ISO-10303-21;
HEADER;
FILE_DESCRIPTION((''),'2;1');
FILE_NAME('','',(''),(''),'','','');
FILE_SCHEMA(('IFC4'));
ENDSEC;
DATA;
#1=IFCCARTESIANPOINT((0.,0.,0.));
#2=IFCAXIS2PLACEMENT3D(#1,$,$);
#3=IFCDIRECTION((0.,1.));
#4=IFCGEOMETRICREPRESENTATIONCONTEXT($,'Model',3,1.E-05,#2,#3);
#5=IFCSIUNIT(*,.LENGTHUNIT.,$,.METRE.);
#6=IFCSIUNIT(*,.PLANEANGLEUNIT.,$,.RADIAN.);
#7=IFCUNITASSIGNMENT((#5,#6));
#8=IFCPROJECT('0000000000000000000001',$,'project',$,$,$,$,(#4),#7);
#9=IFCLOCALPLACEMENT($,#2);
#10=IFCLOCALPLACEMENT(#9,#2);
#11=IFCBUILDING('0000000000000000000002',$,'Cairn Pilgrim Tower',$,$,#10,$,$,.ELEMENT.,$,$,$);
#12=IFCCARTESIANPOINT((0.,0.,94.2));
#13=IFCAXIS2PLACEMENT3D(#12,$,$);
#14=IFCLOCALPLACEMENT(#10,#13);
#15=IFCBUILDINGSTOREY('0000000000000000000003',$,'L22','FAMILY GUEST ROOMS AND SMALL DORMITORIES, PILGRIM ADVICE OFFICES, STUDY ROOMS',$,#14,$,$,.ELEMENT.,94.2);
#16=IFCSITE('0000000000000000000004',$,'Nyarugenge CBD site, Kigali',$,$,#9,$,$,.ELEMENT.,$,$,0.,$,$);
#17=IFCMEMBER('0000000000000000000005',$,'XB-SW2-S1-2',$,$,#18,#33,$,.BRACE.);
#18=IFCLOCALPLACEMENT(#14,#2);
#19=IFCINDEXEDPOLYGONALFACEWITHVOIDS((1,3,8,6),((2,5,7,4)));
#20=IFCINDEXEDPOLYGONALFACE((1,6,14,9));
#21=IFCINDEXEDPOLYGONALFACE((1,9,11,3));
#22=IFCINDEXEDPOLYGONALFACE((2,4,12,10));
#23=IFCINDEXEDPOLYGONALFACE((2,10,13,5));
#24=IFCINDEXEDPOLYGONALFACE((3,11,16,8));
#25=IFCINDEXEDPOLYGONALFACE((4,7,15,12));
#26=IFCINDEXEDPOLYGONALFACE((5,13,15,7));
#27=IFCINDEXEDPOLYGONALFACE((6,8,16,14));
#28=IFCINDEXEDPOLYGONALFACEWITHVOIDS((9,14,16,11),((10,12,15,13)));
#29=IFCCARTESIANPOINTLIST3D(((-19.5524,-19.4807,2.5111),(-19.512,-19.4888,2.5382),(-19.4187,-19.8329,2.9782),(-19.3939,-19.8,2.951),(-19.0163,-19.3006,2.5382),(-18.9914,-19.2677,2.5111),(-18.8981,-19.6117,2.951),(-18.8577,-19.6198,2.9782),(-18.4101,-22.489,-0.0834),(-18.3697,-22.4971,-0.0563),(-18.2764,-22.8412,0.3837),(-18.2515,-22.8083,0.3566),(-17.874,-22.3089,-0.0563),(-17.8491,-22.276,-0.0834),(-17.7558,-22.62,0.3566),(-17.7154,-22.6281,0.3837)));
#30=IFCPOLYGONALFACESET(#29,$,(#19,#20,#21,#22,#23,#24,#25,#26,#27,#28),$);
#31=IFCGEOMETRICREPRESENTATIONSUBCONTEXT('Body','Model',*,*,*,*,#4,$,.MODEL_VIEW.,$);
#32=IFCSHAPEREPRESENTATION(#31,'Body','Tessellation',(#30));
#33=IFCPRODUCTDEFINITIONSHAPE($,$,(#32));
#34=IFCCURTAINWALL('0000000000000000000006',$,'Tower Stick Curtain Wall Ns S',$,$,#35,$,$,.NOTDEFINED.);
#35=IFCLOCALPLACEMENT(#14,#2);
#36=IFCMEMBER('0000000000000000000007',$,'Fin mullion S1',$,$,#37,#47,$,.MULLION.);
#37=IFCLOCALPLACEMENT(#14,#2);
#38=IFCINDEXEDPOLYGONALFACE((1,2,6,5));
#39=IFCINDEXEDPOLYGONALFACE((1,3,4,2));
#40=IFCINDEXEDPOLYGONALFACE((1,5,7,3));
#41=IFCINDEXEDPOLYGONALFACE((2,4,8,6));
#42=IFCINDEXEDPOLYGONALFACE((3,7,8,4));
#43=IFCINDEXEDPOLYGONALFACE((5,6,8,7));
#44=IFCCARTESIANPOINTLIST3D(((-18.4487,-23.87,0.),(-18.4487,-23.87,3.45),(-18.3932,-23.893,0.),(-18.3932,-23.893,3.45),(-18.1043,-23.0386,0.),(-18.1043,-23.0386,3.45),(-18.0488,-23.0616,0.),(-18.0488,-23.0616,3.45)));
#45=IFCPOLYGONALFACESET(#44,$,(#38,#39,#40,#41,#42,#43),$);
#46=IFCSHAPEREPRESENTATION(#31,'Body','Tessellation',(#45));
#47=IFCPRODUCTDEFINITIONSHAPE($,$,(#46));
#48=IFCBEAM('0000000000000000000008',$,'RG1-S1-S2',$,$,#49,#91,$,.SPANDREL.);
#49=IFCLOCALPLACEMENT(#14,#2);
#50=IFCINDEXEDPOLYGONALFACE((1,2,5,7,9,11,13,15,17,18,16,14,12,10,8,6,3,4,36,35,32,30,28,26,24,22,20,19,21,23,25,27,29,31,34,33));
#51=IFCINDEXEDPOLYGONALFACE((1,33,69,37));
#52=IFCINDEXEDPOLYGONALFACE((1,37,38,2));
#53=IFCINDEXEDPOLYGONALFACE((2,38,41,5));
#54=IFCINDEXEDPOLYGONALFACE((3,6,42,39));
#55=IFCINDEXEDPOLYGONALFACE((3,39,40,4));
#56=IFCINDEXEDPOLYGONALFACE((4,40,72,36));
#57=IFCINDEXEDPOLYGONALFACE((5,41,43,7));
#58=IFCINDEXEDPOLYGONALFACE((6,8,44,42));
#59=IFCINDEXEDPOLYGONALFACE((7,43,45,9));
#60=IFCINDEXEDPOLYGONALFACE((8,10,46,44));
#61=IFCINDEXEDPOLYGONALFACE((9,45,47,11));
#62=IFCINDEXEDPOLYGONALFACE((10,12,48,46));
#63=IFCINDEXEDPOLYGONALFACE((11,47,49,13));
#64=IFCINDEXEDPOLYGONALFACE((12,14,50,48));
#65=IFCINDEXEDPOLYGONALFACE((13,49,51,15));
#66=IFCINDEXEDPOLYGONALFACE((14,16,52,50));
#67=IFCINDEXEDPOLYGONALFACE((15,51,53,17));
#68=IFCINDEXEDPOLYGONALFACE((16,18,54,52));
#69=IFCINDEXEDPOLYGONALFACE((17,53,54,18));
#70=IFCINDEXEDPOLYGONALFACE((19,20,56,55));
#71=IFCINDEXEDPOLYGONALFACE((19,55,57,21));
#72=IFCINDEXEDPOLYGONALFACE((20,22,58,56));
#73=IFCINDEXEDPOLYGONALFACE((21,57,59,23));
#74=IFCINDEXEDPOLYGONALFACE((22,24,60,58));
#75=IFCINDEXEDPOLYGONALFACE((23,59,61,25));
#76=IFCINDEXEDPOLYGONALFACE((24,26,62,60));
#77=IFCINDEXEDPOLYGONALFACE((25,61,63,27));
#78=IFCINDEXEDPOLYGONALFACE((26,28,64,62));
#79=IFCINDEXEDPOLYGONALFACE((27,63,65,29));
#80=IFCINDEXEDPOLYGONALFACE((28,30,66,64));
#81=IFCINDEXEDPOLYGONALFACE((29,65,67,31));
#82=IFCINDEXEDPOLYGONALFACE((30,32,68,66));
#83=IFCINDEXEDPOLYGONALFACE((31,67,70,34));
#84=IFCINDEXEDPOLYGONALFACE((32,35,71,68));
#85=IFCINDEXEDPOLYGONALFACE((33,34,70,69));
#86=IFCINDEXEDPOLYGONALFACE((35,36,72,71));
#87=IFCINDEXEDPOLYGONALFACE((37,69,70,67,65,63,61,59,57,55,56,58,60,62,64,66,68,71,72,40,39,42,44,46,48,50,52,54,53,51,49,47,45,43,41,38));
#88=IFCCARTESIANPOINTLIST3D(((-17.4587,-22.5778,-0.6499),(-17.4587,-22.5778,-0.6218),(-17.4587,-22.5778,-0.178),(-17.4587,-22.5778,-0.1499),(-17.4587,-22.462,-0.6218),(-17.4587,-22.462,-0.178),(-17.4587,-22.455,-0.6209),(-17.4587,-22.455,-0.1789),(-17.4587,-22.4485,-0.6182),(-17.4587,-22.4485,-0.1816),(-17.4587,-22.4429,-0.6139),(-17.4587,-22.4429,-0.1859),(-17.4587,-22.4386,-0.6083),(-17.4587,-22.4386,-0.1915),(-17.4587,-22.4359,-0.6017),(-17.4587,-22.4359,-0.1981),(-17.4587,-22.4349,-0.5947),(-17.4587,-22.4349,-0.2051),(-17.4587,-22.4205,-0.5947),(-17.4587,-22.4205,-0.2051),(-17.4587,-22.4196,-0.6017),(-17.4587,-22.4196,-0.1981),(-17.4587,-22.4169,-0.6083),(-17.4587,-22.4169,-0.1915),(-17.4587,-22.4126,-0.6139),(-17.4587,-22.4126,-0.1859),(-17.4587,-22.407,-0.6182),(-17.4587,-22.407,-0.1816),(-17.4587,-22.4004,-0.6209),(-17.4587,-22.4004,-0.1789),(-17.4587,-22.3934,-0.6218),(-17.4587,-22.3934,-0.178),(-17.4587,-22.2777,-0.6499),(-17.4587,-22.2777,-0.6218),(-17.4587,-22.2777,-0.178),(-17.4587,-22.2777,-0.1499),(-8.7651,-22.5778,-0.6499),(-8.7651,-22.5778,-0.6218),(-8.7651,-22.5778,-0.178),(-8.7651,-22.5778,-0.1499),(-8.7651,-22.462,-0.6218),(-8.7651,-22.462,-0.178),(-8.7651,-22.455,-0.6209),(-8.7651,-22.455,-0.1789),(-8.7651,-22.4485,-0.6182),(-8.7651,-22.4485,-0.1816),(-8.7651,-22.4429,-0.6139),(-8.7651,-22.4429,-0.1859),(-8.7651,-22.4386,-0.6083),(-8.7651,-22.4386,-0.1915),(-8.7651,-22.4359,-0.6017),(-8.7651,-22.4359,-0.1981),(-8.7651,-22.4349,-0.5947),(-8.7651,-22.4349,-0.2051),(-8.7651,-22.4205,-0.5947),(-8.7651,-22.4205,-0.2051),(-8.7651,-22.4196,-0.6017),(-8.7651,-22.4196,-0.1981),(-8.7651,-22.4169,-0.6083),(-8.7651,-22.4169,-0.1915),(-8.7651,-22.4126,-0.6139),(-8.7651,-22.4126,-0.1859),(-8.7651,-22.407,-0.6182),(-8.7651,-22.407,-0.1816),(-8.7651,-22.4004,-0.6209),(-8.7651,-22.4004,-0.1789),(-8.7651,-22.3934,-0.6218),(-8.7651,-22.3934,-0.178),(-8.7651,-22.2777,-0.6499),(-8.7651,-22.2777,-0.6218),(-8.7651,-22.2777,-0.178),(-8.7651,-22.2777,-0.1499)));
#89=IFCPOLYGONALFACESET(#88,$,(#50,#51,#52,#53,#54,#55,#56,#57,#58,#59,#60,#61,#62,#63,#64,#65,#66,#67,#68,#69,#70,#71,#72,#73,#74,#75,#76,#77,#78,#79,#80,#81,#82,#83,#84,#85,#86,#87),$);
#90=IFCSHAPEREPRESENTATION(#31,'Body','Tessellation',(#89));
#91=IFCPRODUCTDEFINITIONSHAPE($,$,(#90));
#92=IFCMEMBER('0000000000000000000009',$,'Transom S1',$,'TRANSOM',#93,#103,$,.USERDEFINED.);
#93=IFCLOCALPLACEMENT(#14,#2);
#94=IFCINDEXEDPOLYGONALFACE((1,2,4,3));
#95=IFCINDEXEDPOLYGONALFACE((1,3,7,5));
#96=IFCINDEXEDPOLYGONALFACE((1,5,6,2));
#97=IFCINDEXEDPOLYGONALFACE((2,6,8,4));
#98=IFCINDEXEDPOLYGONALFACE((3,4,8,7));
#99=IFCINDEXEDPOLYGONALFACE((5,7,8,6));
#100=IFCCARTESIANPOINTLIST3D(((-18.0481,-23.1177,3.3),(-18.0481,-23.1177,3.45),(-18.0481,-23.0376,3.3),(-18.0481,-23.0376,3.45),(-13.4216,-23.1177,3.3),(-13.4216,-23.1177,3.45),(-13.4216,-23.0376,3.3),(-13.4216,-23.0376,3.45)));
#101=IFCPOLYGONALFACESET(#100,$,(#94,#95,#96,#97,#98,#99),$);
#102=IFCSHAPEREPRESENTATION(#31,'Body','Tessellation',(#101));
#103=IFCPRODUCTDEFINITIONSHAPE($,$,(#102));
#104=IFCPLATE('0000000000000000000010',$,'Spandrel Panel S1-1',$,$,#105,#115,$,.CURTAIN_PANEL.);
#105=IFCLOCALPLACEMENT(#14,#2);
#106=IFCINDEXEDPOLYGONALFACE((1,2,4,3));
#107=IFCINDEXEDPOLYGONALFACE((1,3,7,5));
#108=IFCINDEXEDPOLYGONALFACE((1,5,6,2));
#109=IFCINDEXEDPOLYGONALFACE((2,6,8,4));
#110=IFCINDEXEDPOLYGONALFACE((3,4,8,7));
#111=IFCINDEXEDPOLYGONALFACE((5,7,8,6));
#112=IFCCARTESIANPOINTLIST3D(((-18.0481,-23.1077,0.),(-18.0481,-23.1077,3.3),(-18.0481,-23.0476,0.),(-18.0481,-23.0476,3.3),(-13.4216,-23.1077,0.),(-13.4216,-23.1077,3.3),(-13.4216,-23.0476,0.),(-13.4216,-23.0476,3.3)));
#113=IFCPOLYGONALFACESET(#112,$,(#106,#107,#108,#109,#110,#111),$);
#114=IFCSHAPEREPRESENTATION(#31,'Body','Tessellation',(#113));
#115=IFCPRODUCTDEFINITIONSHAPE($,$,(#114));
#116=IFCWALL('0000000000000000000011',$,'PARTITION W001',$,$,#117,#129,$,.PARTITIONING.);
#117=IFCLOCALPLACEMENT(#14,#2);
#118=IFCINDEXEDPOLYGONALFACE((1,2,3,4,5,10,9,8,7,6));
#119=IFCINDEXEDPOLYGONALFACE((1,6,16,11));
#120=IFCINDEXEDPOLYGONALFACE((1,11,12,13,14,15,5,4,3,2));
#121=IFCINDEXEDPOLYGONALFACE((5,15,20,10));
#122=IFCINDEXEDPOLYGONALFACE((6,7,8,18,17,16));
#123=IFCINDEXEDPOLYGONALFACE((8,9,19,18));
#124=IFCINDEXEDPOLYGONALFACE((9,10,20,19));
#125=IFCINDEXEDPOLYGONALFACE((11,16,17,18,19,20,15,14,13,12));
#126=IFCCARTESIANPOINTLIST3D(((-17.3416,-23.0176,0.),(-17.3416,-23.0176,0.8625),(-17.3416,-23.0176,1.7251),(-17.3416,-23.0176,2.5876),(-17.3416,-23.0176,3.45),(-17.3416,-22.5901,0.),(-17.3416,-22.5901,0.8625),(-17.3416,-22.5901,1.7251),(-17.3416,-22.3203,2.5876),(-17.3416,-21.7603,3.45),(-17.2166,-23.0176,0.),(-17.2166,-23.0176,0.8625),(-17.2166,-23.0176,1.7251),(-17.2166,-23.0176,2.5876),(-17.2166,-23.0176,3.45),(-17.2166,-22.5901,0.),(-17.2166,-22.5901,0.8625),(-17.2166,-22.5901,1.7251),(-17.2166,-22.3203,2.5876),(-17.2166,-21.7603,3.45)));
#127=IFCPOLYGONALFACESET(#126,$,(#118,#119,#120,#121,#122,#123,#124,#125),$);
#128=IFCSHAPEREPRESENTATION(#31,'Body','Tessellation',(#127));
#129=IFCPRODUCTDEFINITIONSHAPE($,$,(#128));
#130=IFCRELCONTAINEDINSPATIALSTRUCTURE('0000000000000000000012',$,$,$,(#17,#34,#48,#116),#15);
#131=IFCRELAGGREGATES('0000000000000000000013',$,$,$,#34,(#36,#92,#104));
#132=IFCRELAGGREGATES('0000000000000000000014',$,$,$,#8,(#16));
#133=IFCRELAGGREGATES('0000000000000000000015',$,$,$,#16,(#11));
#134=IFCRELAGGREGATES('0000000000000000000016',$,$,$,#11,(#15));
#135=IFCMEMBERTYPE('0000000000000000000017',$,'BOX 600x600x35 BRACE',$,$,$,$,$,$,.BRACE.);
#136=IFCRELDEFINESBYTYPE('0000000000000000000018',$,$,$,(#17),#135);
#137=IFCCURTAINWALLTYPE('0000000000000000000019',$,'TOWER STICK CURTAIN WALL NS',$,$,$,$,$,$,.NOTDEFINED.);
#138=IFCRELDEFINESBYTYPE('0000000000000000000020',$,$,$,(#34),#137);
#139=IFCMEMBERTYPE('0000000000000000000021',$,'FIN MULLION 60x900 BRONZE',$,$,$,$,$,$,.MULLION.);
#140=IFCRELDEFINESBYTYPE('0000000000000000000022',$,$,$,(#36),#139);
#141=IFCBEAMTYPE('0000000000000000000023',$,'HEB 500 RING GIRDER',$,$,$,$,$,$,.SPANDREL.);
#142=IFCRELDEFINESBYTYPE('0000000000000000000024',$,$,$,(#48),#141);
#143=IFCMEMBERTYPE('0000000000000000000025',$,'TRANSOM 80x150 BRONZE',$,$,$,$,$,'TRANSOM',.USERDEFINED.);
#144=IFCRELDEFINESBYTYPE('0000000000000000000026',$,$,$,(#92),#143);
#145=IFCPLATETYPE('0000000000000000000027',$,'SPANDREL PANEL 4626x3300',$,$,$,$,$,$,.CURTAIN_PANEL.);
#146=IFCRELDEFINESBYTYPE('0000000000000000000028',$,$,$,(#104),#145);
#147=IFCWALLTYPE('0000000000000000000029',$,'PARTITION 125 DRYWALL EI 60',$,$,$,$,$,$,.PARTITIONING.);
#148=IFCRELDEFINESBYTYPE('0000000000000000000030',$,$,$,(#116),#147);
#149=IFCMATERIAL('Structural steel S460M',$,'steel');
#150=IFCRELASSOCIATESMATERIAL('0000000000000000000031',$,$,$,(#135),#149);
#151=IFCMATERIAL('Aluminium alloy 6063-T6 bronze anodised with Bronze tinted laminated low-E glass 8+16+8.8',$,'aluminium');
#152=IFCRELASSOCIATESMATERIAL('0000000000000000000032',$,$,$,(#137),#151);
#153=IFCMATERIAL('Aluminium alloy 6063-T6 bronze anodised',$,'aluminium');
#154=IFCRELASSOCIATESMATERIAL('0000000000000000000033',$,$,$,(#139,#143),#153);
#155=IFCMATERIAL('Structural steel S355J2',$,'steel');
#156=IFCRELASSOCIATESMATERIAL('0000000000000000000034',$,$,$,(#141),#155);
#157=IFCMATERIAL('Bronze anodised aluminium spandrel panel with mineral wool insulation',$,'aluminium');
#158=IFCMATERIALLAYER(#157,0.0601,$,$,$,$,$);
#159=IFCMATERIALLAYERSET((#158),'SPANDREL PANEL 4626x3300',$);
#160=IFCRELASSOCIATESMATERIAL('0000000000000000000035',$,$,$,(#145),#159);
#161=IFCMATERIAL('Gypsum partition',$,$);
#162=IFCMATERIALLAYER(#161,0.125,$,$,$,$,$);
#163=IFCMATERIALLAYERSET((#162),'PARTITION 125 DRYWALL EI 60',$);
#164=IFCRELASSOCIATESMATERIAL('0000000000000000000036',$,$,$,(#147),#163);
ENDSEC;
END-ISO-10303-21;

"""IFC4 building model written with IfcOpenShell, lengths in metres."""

from ifc_helpers import new_model, si_unit, direction, frame, origin, origin_2d, place, context, subcontext, project, spatial, polyline, rectangle, hollow_rectangle, i_section, outline, extrude, material, layer, layer_set, material_profile, profile_set, type_object, element, aggregate, save


model = new_model("IFC4")

# Units and contexts
model_context = context("Model", 3, precision=1e-05, world=origin(), true_north=direction((0.0, 1.0)))
body_context = subcontext(model_context, "Body", "Model", "MODEL_VIEW")
ifc_project = project(units=[si_unit("LENGTHUNIT", "METRE"), si_unit("PLANEANGLEUNIT", "RADIAN")], contexts=[model_context])

# Site, building, storey
site_placement = place(None, origin())
site = spatial("IfcSite", under=ifc_project, at=site_placement, Name="Nyarugenge CBD site, Kigali", CompositionType="ELEMENT", RefElevation=0.0)
building_placement = place(site_placement, origin())
building = spatial("IfcBuilding", under=site, at=building_placement, Name="Cairn Pilgrim Tower", CompositionType="ELEMENT")
storey_placement = place(building_placement, frame((0.0, 0.0, 94.2)))
storey = spatial("IfcBuildingStorey", under=building, at=storey_placement, Name="L22", Description="FAMILY GUEST ROOMS AND SMALL DORMITORIES, PILGRIM ADVICE OFFICES, STUDY ROOMS", CompositionType="ELEMENT", Elevation=94.2)

# Shared definitions
ifc_material_1 = material(Name="Structural steel S460M", Category="steel")

# Member
ifc_material_profile_1 = material_profile(ifc_material_1, hollow_rectangle(XDim=0.6001, YDim=0.6001, WallThickness=0.0349, at=origin_2d()), Name="BOX 600x600x35")
ifc_profile_set_1 = profile_set([ifc_material_profile_1], Name="Structural steel S460M")
member_type_1 = type_object("IfcMemberType", Name="BOX 600x600x35 BRACE", PredefinedType="BRACE", material=ifc_profile_set_1)
member_1_placement = place(storey_placement, frame((-18.0627, -22.5586, 0.1501), z_axis=(-0.276357, 0.727779, 0.627666), x_axis=(-0.934868, -0.354995, 0.0)))
element("IfcMember", 1, at=member_1_placement, inside=storey, type_object=member_type_1, Name="XB-SW2-S1-2", PredefinedType="BRACE", context=body_context, shape_type="SweptSolid", body=[
    extrude(hollow_rectangle(XDim=0.6001, YDim=0.6001, WallThickness=0.0349, at=origin_2d()), origin(), (0.0, 0.0, 1.0), 4.1335),
])

# Curtain wall, member
ifc_material_2 = material(Name="Aluminium alloy 6063-T6 bronze anodised with Bronze tinted laminated low-E glass 8+16+8.8", Category="aluminium")
curtain_wall_type = type_object("IfcCurtainWallType", Name="TOWER STICK CURTAIN WALL NS", PredefinedType="NOTDEFINED", material=ifc_material_2)
curtain_wall_placement = place(storey_placement, origin())
curtain_wall = element("IfcCurtainWall", 2, at=curtain_wall_placement, inside=storey, type_object=curtain_wall_type, Name="Tower Stick Curtain Wall Ns S", PredefinedType="NOTDEFINED")
ifc_material_3 = material(Name="Aluminium alloy 6063-T6 bronze anodised", Category="aluminium")
ifc_material_profile_2 = material_profile(ifc_material_3, rectangle(XDim=0.8999, YDim=0.0601, at=origin_2d()), Name="FIN MULLION 60x900 BRONZE")
ifc_profile_set_2 = profile_set([ifc_material_profile_2], Name="Aluminium alloy 6063-T6 bronze anodised")
member_type_2 = type_object("IfcMemberType", Name="FIN MULLION 60x900 BRONZE", PredefinedType="MULLION", material=ifc_profile_set_2)
member_2_placement = place(storey_placement, frame((-18.2488, -23.4658, 0.0), z_axis=(0.0, 0.0, 1.0), x_axis=(-0.382683, -0.92388, 0.0)))
member_2 = element("IfcMember", 3, at=member_2_placement, type_object=member_type_2, Name="Fin mullion S1", PredefinedType="MULLION", context=body_context, shape_type="SweptSolid", body=[
    extrude(rectangle(XDim=0.8999, YDim=0.0601, at=origin_2d()), origin(), (0.0, 0.0, 1.0), 3.45),
])

# Beam
ifc_material_4 = material(Name="Structural steel S355J2", Category="steel")
ifc_material_profile_3 = material_profile(ifc_material_4, i_section(OverallWidth=0.3, OverallDepth=0.5, WebThickness=0.0144, FlangeThickness=0.0281, FilletRadius=0.0271, at=origin_2d()), Name="HEB 500")
ifc_profile_set_3 = profile_set([ifc_material_profile_3], Name="Structural steel S355J2")
beam_type = type_object("IfcBeamType", Name="HEB 500 RING GIRDER", PredefinedType="SPANDREL", material=ifc_profile_set_3)
beam_placement = place(storey_placement, frame((-17.4587, -22.4277, -0.3999), z_axis=(1.0, 0.0, 0.0), x_axis=(0.0, 1.0, 0.0)))
element("IfcBeam", 4, at=beam_placement, inside=storey, type_object=beam_type, Name="RG1-S1-S2", PredefinedType="SPANDREL", context=body_context, shape_type="SweptSolid", body=[
    extrude(i_section(OverallWidth=0.3, OverallDepth=0.5, WebThickness=0.0144, FlangeThickness=0.0281, FilletRadius=0.0271, at=origin_2d()), origin(), (0.0, 0.0, 1.0), 8.6936),
])

# Member
ifc_material_profile_4 = material_profile(ifc_material_3, rectangle(XDim=0.0801, YDim=0.1499, at=origin_2d()), Name="TRANSOM 80x150 BRONZE")
ifc_profile_set_4 = profile_set([ifc_material_profile_4], Name="Aluminium alloy 6063-T6 bronze anodised")
member_type_3 = type_object("IfcMemberType", Name="TRANSOM 80x150 BRONZE", ElementType="TRANSOM", PredefinedType="USERDEFINED", material=ifc_profile_set_4)
member_3_placement = place(storey_placement, frame((-18.0481, -23.0776, 3.375), z_axis=(1.0, 0.0, 0.0), x_axis=(0.0, 1.0, 0.0)))
member_3 = element("IfcMember", 5, at=member_3_placement, type_object=member_type_3, Name="Transom S1", ObjectType="TRANSOM", PredefinedType="USERDEFINED", context=body_context, shape_type="SweptSolid", body=[
    extrude(rectangle(XDim=0.0801, YDim=0.1499, at=origin_2d()), origin(), (0.0, 0.0, 1.0), 4.6265),
])

# Plate
ifc_material_5 = material(Name="Bronze anodised aluminium spandrel panel with mineral wool insulation", Category="aluminium")
ifc_layer_1 = layer(ifc_material_5, 0.0601)
ifc_layer_set_1 = layer_set([ifc_layer_1], Name="SPANDREL PANEL 4626x3300")
plate_type = type_object("IfcPlateType", Name="SPANDREL PANEL 4626x3300", PredefinedType="CURTAIN_PANEL", material=ifc_layer_set_1)
plate_placement = place(storey_placement, frame((-15.7349, -23.0776, 0.0), z_axis=(0.0, 0.0, 1.0), x_axis=(1.0, 0.0, 0.0)))
plate = element("IfcPlate", 6, at=plate_placement, type_object=plate_type, Name="Spandrel Panel S1-1", PredefinedType="CURTAIN_PANEL", context=body_context, shape_type="SweptSolid", body=[
    extrude(rectangle(XDim=4.6265, YDim=0.0601, at=origin_2d()), origin(), (0.0, 0.0, 1.0), 3.3),
])
aggregate(curtain_wall, [member_2, member_3, plate])

# Wall
ifc_material_6 = material(Name="Gypsum partition")
ifc_layer_2 = layer(ifc_material_6, 0.125)
ifc_layer_set_2 = layer_set([ifc_layer_2], Name="PARTITION 125 DRYWALL EI 60")
wall_type = type_object("IfcWallType", Name="PARTITION 125 DRYWALL EI 60", PredefinedType="PARTITIONING", material=ifc_layer_set_2)
wall_placement = place(storey_placement, frame((-17.2791, -23.0176, 0.0), z_axis=(0.0, 0.0, 1.0), x_axis=(0.0, 1.0, 0.0)))
element("IfcWall", 7, at=wall_placement, inside=storey, type_object=wall_type, Name="PARTITION W001", PredefinedType="PARTITIONING", context=body_context, shape_type="SweptSolid", body=[
    extrude(outline(polyline([(0.0, 0.0), (0.4275, 0.0), (0.4275, 0.8625), (0.4275, 1.7251), (0.6973, 2.5876), (1.2573, 3.45), (0.0, 3.45), (0.0, 2.5876), (0.0, 1.7251), (0.0, 0.8625), (0.0, 0.0)])), frame((0.0, 0.0625, 0.0), z_axis=(0.0, -1.0, 0.0), x_axis=(1.0, 0.0, 0.0)), (0.0, 0.0, 1.0), 0.125),
])

save(model, "model.ifc")
